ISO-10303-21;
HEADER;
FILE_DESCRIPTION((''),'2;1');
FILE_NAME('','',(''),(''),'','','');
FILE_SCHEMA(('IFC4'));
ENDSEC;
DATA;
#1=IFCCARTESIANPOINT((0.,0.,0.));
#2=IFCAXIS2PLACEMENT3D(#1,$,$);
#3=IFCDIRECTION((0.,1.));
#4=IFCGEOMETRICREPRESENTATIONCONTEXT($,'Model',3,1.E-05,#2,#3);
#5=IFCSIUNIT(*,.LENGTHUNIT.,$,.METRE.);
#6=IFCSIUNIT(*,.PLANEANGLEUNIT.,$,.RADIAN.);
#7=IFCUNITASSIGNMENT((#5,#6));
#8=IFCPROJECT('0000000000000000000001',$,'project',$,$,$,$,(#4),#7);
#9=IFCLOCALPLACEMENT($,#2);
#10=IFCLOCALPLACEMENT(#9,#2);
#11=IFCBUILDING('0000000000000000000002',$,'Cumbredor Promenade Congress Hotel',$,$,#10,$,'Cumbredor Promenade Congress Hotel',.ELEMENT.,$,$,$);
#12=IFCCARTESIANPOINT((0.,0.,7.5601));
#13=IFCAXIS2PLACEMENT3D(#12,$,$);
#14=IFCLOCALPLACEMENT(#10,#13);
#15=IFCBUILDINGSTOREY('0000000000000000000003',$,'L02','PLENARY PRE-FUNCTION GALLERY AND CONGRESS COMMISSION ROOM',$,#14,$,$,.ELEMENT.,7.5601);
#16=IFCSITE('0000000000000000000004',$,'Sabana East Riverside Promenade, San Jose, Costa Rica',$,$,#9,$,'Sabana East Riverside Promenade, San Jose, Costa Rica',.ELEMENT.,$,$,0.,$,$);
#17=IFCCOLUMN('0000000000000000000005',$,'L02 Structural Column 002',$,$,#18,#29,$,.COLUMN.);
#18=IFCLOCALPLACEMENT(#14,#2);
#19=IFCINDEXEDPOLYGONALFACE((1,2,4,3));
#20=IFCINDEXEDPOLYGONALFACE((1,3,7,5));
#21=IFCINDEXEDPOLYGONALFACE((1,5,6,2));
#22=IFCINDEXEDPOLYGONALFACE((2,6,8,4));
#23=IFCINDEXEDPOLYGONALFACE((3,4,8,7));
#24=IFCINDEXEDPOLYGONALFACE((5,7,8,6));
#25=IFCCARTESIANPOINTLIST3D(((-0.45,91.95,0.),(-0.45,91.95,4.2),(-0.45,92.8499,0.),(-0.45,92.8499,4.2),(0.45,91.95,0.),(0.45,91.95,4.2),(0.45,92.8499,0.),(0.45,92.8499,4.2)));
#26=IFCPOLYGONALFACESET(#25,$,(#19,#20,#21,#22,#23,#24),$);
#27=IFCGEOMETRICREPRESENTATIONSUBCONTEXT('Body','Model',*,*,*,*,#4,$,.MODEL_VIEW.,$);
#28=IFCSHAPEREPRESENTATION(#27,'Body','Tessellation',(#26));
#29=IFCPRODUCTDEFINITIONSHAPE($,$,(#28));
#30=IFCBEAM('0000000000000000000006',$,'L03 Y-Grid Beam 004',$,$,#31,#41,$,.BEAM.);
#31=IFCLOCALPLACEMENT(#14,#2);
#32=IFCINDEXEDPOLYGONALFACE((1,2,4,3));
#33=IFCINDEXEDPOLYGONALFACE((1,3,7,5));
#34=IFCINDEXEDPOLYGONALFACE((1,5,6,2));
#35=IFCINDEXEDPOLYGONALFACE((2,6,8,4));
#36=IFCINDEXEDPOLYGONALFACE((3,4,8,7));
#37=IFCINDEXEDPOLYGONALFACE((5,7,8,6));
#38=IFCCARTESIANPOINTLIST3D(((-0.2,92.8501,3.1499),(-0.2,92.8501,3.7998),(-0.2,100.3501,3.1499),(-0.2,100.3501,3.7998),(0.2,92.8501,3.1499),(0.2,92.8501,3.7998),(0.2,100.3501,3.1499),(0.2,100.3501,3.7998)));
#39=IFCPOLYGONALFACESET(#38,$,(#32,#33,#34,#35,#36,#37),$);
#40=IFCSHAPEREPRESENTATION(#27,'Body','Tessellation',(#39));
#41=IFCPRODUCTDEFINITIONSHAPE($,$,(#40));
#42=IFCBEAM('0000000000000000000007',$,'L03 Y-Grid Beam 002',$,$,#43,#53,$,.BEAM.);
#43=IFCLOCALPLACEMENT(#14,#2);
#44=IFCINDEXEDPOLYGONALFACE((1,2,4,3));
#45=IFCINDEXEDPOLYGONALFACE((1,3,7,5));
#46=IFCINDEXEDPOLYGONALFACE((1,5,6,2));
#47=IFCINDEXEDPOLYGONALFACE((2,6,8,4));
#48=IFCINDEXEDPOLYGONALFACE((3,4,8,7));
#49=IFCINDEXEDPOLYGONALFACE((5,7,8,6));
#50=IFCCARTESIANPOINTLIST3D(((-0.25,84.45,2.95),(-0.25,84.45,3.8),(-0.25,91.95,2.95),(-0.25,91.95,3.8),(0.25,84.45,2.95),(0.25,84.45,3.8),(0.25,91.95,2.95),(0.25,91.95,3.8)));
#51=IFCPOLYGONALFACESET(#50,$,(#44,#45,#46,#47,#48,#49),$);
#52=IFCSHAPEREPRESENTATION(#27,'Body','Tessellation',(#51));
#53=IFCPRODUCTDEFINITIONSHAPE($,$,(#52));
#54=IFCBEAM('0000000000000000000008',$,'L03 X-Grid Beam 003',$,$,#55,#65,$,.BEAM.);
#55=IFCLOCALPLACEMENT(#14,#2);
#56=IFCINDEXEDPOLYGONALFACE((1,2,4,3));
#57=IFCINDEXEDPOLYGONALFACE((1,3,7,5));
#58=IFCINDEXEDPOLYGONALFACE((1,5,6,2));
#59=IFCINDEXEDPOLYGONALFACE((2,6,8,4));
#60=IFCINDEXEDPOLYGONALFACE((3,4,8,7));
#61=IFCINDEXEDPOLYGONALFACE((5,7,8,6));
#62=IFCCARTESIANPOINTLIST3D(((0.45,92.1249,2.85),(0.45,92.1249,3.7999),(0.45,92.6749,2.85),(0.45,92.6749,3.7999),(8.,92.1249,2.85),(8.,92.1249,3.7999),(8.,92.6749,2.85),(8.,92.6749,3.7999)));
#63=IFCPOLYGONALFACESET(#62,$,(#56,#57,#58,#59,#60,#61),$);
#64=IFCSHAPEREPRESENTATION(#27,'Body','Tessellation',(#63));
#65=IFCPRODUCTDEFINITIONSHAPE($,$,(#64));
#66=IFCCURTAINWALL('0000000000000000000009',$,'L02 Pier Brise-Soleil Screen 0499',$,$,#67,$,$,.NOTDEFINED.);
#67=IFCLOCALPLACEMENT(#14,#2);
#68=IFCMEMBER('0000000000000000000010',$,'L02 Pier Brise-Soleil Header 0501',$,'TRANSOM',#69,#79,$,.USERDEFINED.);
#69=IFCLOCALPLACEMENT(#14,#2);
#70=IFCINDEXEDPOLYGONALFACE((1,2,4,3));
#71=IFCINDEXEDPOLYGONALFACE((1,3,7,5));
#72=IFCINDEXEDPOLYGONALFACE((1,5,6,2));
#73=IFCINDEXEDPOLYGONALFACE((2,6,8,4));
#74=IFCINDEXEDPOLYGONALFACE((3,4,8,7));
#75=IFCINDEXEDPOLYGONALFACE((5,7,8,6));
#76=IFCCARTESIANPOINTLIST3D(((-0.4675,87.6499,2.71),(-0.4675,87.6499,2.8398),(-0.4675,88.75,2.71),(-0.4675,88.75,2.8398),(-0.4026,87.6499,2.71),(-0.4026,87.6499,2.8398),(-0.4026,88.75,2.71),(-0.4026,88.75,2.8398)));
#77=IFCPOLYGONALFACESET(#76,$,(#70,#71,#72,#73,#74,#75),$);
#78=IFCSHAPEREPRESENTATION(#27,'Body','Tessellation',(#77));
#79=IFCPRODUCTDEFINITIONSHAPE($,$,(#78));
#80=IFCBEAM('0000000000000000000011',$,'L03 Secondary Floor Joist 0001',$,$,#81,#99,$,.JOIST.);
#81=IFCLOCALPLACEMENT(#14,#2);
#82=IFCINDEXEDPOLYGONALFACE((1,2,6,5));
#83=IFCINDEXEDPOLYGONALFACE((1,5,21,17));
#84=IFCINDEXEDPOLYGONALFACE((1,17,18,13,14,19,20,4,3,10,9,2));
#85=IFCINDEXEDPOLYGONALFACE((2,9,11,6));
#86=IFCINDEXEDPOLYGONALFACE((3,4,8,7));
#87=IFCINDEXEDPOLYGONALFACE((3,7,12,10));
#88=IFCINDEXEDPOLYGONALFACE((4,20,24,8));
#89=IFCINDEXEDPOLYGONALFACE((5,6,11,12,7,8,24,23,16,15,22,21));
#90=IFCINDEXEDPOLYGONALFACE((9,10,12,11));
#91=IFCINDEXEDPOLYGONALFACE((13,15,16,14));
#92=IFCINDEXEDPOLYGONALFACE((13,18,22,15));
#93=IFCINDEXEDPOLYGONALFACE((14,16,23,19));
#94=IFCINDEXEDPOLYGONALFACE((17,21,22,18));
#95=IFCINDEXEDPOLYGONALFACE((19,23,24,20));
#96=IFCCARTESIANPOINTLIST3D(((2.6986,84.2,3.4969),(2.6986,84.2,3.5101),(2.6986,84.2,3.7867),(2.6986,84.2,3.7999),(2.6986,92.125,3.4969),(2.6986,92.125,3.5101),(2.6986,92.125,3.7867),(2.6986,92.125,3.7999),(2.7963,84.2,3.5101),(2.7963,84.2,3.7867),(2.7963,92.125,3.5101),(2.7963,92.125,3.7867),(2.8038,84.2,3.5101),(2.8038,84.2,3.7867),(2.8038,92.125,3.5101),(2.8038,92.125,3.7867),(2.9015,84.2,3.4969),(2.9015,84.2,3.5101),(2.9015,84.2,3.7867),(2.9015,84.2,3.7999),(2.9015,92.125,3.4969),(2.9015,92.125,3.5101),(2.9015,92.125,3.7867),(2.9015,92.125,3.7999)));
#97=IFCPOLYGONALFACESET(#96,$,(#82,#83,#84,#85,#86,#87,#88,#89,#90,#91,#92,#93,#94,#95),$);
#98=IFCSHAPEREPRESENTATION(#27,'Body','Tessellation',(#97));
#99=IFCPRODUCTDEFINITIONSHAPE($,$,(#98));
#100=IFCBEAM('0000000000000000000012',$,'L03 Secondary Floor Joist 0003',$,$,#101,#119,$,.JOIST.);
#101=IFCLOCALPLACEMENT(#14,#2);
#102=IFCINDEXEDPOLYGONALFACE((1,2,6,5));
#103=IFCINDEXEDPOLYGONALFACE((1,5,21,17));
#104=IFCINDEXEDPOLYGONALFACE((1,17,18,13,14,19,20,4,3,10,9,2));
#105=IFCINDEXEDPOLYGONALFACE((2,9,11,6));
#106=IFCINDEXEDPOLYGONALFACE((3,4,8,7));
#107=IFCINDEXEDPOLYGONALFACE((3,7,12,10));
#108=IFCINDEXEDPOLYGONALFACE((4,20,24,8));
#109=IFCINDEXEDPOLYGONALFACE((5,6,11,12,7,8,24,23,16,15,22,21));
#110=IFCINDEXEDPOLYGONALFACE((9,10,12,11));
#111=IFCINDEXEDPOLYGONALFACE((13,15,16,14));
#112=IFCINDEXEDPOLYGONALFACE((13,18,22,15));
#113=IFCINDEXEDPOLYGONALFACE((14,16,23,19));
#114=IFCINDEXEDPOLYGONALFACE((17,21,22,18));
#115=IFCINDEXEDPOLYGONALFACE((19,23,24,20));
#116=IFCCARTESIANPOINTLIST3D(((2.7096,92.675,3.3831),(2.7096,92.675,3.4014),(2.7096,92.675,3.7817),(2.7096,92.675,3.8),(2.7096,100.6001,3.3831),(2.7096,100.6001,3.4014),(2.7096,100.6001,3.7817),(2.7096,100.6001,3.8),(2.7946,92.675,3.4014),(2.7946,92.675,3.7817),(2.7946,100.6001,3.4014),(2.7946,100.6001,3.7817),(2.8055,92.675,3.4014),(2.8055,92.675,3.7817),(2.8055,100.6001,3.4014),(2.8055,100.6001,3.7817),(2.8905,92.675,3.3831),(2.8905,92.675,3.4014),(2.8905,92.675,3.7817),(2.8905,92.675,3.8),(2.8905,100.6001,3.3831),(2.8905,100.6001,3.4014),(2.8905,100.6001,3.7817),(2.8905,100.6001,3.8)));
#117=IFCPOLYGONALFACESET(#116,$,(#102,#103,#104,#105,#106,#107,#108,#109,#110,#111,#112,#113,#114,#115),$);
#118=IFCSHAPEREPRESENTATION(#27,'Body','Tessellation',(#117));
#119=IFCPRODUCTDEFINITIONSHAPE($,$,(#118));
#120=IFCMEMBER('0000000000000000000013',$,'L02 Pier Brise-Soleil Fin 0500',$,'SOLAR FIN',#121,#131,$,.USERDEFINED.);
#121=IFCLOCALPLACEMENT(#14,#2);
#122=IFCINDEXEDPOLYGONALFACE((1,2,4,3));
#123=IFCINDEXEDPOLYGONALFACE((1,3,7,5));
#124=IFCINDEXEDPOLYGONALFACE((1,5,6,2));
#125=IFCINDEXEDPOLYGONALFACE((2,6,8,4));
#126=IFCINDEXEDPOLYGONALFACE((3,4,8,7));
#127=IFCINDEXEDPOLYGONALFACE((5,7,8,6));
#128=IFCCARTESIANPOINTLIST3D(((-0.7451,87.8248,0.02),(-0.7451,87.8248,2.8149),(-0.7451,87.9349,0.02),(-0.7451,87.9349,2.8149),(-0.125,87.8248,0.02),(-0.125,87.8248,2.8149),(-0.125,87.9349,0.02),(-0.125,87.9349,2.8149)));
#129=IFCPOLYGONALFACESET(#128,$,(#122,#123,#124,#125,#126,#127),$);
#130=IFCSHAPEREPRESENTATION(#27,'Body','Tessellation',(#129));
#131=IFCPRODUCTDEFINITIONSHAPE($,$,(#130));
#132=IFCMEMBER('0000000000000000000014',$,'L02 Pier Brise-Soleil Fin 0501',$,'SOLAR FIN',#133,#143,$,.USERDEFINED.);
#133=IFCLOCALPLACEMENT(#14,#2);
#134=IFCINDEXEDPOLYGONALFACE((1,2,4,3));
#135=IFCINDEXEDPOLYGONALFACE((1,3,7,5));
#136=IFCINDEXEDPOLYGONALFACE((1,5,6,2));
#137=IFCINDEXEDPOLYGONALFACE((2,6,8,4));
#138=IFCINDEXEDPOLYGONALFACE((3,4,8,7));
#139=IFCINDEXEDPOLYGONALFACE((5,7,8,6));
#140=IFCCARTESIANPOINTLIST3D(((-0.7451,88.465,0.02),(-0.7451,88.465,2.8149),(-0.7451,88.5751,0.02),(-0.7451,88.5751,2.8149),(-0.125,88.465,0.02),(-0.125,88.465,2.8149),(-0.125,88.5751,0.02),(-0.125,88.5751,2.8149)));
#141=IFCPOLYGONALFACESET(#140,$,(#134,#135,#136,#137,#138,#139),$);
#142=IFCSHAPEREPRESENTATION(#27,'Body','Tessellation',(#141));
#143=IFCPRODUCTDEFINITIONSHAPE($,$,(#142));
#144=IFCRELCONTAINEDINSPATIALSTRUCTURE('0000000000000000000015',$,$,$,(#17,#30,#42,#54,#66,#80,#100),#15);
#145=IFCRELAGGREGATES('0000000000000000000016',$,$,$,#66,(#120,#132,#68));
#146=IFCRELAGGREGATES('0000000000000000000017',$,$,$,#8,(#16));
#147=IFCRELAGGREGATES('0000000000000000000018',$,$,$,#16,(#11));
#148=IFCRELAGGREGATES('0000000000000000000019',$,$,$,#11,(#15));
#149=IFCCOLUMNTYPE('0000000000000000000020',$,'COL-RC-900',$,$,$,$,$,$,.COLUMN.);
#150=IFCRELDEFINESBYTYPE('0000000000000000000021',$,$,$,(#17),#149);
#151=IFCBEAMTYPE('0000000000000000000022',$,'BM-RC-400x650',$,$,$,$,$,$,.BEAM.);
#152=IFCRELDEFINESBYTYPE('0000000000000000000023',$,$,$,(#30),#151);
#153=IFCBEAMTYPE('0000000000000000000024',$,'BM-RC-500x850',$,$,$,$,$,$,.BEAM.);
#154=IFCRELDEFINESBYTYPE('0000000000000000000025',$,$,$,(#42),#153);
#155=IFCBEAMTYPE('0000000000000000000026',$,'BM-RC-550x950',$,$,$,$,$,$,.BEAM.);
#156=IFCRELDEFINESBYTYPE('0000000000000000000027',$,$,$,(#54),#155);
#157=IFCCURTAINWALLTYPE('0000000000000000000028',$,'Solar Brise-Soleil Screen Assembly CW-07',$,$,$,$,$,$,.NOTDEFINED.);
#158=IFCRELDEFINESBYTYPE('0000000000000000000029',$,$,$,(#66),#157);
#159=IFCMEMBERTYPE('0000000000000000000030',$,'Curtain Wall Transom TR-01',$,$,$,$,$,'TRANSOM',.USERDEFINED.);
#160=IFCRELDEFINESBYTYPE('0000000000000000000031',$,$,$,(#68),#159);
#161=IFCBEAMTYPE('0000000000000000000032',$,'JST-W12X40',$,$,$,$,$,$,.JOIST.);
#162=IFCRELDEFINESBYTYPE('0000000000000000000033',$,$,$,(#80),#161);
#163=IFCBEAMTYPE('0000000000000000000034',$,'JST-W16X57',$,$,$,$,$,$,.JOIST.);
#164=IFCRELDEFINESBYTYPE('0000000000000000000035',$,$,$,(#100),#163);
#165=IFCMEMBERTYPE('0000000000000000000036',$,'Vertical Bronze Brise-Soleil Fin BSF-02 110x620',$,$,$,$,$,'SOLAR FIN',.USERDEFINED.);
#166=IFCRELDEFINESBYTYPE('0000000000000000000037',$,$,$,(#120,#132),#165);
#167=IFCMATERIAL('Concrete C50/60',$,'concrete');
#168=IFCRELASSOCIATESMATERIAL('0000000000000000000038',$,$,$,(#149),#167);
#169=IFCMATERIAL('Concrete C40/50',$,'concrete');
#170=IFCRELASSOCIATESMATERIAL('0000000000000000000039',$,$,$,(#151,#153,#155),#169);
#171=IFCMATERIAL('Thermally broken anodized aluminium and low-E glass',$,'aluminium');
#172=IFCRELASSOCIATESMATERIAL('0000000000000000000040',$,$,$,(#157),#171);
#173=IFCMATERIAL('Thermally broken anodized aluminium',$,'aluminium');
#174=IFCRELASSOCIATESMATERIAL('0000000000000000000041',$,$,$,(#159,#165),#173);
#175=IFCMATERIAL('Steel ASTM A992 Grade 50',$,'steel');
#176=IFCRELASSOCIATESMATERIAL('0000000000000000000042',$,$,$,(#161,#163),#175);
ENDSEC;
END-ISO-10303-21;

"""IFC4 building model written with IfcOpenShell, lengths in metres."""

from ifc_helpers import new_model, si_unit, direction, frame, origin, origin_2d, place, context, subcontext, project, spatial, rectangle, i_section, extrude, material, material_profile, profile_set, type_object, element, aggregate, save


model = new_model("IFC4")

# Units and contexts
model_context = context("Model", 3, precision=1e-05, world=origin(), true_north=direction((0.0, 1.0)))
body_context = subcontext(model_context, "Body", "Model", "MODEL_VIEW")
ifc_project = project(units=[si_unit("LENGTHUNIT", "METRE"), si_unit("PLANEANGLEUNIT", "RADIAN")], contexts=[model_context])

# Site, building, storey
site_placement = place(None, origin())
site = spatial("IfcSite", under=ifc_project, at=site_placement, Name="Sabana East Riverside Promenade, San Jose, Costa Rica", LongName="Sabana East Riverside Promenade, San Jose, Costa Rica", CompositionType="ELEMENT", RefElevation=0.0)
building_placement = place(site_placement, origin())
building = spatial("IfcBuilding", under=site, at=building_placement, Name="Cumbredor Promenade Congress Hotel", LongName="Cumbredor Promenade Congress Hotel", CompositionType="ELEMENT")
storey_placement = place(building_placement, frame((0.0, 0.0, 7.5601)))
storey = spatial("IfcBuildingStorey", under=building, at=storey_placement, Name="L02", Description="PLENARY PRE-FUNCTION GALLERY AND CONGRESS COMMISSION ROOM", CompositionType="ELEMENT", Elevation=7.5601)

# Column
ifc_material_1 = material(Name="Concrete C50/60", Category="concrete")
ifc_material_profile_1 = material_profile(ifc_material_1, rectangle(XDim=0.8999, YDim=0.8999, at=origin_2d()), Name="RC 900x900")
ifc_profile_set_1 = profile_set([ifc_material_profile_1], Name="Concrete C50/60")
column_type = type_object("IfcColumnType", Name="COL-RC-900", PredefinedType="COLUMN", material=ifc_profile_set_1)
column_placement = place(storey_placement, frame((0.0, 92.3999, 0.0), z_axis=(0.0, 0.0, 1.0), x_axis=(1.0, 0.0, 0.0)))
element("IfcColumn", 1, at=column_placement, inside=storey, type_object=column_type, Name="L02 Structural Column 002", PredefinedType="COLUMN", context=body_context, shape_type="SweptSolid", body=[
    extrude(rectangle(XDim=0.8999, YDim=0.8999, at=origin_2d()), origin(), (0.0, 0.0, 1.0), 4.2),
])

# Beams
ifc_material_2 = material(Name="Concrete C40/50", Category="concrete")
ifc_material_profile_2 = material_profile(ifc_material_2, rectangle(XDim=0.3999, YDim=0.6499, at=origin_2d()), Name="RC BEAM 400x650")
ifc_profile_set_2 = profile_set([ifc_material_profile_2], Name="Concrete C40/50")
beam_type_1 = type_object("IfcBeamType", Name="BM-RC-400x650", PredefinedType="BEAM", material=ifc_profile_set_2)
beam_1_placement = place(storey_placement, frame((0.0, 92.8501, 3.4749), z_axis=(0.0, 1.0, 0.0), x_axis=(-1.0, 0.0, 0.0)))
element("IfcBeam", 2, at=beam_1_placement, inside=storey, type_object=beam_type_1, Name="L03 Y-Grid Beam 004", PredefinedType="BEAM", context=body_context, shape_type="SweptSolid", body=[
    extrude(rectangle(XDim=0.3999, YDim=0.6499, at=origin_2d()), origin(), (0.0, 0.0, 1.0), 7.5),
])
ifc_material_profile_3 = material_profile(ifc_material_2, rectangle(XDim=0.5, YDim=0.8501, at=origin_2d()), Name="RC BEAM 500x850")
ifc_profile_set_3 = profile_set([ifc_material_profile_3], Name="Concrete C40/50")
beam_type_2 = type_object("IfcBeamType", Name="BM-RC-500x850", PredefinedType="BEAM", material=ifc_profile_set_3)
beam_2_placement = place(storey_placement, frame((0.0, 84.45, 3.375), z_axis=(0.0, 1.0, 0.0), x_axis=(-1.0, 0.0, 0.0)))
element("IfcBeam", 3, at=beam_2_placement, inside=storey, type_object=beam_type_2, Name="L03 Y-Grid Beam 002", PredefinedType="BEAM", context=body_context, shape_type="SweptSolid", body=[
    extrude(rectangle(XDim=0.5, YDim=0.8501, at=origin_2d()), origin(), (0.0, 0.0, 1.0), 7.5),
])
ifc_material_profile_4 = material_profile(ifc_material_2, rectangle(XDim=0.55, YDim=0.95, at=origin_2d()), Name="RC BEAM 550x950")
ifc_profile_set_4 = profile_set([ifc_material_profile_4], Name="Concrete C40/50")
beam_type_3 = type_object("IfcBeamType", Name="BM-RC-550x950", PredefinedType="BEAM", material=ifc_profile_set_4)
beam_3_placement = place(storey_placement, frame((0.45, 92.3999, 3.325), z_axis=(1.0, 0.0, 0.0), x_axis=(0.0, 1.0, 0.0)))
element("IfcBeam", 4, at=beam_3_placement, inside=storey, type_object=beam_type_3, Name="L03 X-Grid Beam 003", PredefinedType="BEAM", context=body_context, shape_type="SweptSolid", body=[
    extrude(rectangle(XDim=0.55, YDim=0.95, at=origin_2d()), origin(), (0.0, 0.0, 1.0), 7.55),
])

# Curtain wall, member
ifc_material_3 = material(Name="Thermally broken anodized aluminium and low-E glass", Category="aluminium")
curtain_wall_type = type_object("IfcCurtainWallType", Name="Solar Brise-Soleil Screen Assembly CW-07", PredefinedType="NOTDEFINED", material=ifc_material_3)
curtain_wall_placement = place(storey_placement, origin())
curtain_wall = element("IfcCurtainWall", 5, at=curtain_wall_placement, inside=storey, type_object=curtain_wall_type, Name="L02 Pier Brise-Soleil Screen 0499", PredefinedType="NOTDEFINED")
ifc_material_4 = material(Name="Thermally broken anodized aluminium", Category="aluminium")
ifc_material_profile_5 = material_profile(ifc_material_4, rectangle(XDim=0.0649, YDim=0.1299, at=origin_2d()), Name="ALU TRANSOM 65x130")
ifc_profile_set_5 = profile_set([ifc_material_profile_5], Name="Thermally broken anodized aluminium")
member_type_1 = type_object("IfcMemberType", Name="Curtain Wall Transom TR-01", ElementType="TRANSOM", PredefinedType="USERDEFINED", material=ifc_profile_set_5)
member_1_placement = place(storey_placement, frame((-0.4351, 87.6499, 2.7749), z_axis=(0.0, 1.0, 0.0), x_axis=(-1.0, 0.0, 0.0)))
member_1 = element("IfcMember", 6, at=member_1_placement, type_object=member_type_1, Name="L02 Pier Brise-Soleil Header 0501", ObjectType="TRANSOM", PredefinedType="USERDEFINED", context=body_context, shape_type="SweptSolid", body=[
    extrude(rectangle(XDim=0.0649, YDim=0.1299, at=origin_2d()), origin(), (0.0, 0.0, 1.0), 1.1001),
])

# Beams
ifc_material_5 = material(Name="Steel ASTM A992 Grade 50", Category="steel")
ifc_material_profile_6 = material_profile(ifc_material_5, i_section(OverallWidth=0.2029, OverallDepth=0.303, WebThickness=0.0076, FlangeThickness=0.0132, at=origin_2d()), Name="W12X40")
ifc_profile_set_6 = profile_set([ifc_material_profile_6], Name="Steel ASTM A992 Grade 50")
beam_type_4 = type_object("IfcBeamType", Name="JST-W12X40", PredefinedType="JOIST", material=ifc_profile_set_6)
beam_4_placement = place(storey_placement, frame((2.8, 84.2, 3.6484), z_axis=(0.0, 1.0, 0.0), x_axis=(-1.0, 0.0, 0.0)))
element("IfcBeam", 7, at=beam_4_placement, inside=storey, type_object=beam_type_4, Name="L03 Secondary Floor Joist 0001", PredefinedType="JOIST", context=body_context, shape_type="SweptSolid", body=[
    extrude(i_section(OverallWidth=0.2029, OverallDepth=0.303, WebThickness=0.0076, FlangeThickness=0.0132, at=origin_2d()), origin(), (0.0, 0.0, 1.0), 7.925),
])
ifc_material_profile_7 = material_profile(ifc_material_5, i_section(OverallWidth=0.1809, OverallDepth=0.417, WebThickness=0.011, FlangeThickness=0.0183, at=origin_2d()), Name="W16X57")
ifc_profile_set_7 = profile_set([ifc_material_profile_7], Name="Steel ASTM A992 Grade 50")
beam_type_5 = type_object("IfcBeamType", Name="JST-W16X57", PredefinedType="JOIST", material=ifc_profile_set_7)
beam_5_placement = place(storey_placement, frame((2.8, 92.675, 3.5916), z_axis=(0.0, 1.0, 0.0), x_axis=(-1.0, 0.0, 0.0)))
element("IfcBeam", 8, at=beam_5_placement, inside=storey, type_object=beam_type_5, Name="L03 Secondary Floor Joist 0003", PredefinedType="JOIST", context=body_context, shape_type="SweptSolid", body=[
    extrude(i_section(OverallWidth=0.1809, OverallDepth=0.417, WebThickness=0.011, FlangeThickness=0.0183, at=origin_2d()), origin(), (0.0, 0.0, 1.0), 7.925),
])

# Members
ifc_material_profile_8 = material_profile(ifc_material_4, rectangle(XDim=0.1101, YDim=0.6201, at=origin_2d()), Name="ARCH FIN 110x620")
ifc_profile_set_8 = profile_set([ifc_material_profile_8], Name="Thermally broken anodized aluminium")
member_type_2 = type_object("IfcMemberType", Name="Vertical Bronze Brise-Soleil Fin BSF-02 110x620", ElementType="SOLAR FIN", PredefinedType="USERDEFINED", material=ifc_profile_set_8)
member_2_placement = place(storey_placement, frame((-0.4351, 87.8799, 0.02), z_axis=(0.0, 0.0, 1.0), x_axis=(0.0, 1.0, 0.0)))
member_2 = element("IfcMember", 9, at=member_2_placement, type_object=member_type_2, Name="L02 Pier Brise-Soleil Fin 0500", ObjectType="SOLAR FIN", PredefinedType="USERDEFINED", context=body_context, shape_type="SweptSolid", body=[
    extrude(rectangle(XDim=0.1101, YDim=0.6201, at=origin_2d()), origin(), (0.0, 0.0, 1.0), 2.7949),
])
member_3_placement = place(storey_placement, frame((-0.4351, 88.52, 0.02), z_axis=(0.0, 0.0, 1.0), x_axis=(0.0, 1.0, 0.0)))
member_3 = element("IfcMember", 10, at=member_3_placement, type_object=member_type_2, Name="L02 Pier Brise-Soleil Fin 0501", ObjectType="SOLAR FIN", PredefinedType="USERDEFINED", context=body_context, shape_type="SweptSolid", body=[
    extrude(rectangle(XDim=0.1101, YDim=0.6201, at=origin_2d()), origin(), (0.0, 0.0, 1.0), 2.7949),
])
aggregate(curtain_wall, [member_2, member_3, member_1])

save(model, "model.ifc")
